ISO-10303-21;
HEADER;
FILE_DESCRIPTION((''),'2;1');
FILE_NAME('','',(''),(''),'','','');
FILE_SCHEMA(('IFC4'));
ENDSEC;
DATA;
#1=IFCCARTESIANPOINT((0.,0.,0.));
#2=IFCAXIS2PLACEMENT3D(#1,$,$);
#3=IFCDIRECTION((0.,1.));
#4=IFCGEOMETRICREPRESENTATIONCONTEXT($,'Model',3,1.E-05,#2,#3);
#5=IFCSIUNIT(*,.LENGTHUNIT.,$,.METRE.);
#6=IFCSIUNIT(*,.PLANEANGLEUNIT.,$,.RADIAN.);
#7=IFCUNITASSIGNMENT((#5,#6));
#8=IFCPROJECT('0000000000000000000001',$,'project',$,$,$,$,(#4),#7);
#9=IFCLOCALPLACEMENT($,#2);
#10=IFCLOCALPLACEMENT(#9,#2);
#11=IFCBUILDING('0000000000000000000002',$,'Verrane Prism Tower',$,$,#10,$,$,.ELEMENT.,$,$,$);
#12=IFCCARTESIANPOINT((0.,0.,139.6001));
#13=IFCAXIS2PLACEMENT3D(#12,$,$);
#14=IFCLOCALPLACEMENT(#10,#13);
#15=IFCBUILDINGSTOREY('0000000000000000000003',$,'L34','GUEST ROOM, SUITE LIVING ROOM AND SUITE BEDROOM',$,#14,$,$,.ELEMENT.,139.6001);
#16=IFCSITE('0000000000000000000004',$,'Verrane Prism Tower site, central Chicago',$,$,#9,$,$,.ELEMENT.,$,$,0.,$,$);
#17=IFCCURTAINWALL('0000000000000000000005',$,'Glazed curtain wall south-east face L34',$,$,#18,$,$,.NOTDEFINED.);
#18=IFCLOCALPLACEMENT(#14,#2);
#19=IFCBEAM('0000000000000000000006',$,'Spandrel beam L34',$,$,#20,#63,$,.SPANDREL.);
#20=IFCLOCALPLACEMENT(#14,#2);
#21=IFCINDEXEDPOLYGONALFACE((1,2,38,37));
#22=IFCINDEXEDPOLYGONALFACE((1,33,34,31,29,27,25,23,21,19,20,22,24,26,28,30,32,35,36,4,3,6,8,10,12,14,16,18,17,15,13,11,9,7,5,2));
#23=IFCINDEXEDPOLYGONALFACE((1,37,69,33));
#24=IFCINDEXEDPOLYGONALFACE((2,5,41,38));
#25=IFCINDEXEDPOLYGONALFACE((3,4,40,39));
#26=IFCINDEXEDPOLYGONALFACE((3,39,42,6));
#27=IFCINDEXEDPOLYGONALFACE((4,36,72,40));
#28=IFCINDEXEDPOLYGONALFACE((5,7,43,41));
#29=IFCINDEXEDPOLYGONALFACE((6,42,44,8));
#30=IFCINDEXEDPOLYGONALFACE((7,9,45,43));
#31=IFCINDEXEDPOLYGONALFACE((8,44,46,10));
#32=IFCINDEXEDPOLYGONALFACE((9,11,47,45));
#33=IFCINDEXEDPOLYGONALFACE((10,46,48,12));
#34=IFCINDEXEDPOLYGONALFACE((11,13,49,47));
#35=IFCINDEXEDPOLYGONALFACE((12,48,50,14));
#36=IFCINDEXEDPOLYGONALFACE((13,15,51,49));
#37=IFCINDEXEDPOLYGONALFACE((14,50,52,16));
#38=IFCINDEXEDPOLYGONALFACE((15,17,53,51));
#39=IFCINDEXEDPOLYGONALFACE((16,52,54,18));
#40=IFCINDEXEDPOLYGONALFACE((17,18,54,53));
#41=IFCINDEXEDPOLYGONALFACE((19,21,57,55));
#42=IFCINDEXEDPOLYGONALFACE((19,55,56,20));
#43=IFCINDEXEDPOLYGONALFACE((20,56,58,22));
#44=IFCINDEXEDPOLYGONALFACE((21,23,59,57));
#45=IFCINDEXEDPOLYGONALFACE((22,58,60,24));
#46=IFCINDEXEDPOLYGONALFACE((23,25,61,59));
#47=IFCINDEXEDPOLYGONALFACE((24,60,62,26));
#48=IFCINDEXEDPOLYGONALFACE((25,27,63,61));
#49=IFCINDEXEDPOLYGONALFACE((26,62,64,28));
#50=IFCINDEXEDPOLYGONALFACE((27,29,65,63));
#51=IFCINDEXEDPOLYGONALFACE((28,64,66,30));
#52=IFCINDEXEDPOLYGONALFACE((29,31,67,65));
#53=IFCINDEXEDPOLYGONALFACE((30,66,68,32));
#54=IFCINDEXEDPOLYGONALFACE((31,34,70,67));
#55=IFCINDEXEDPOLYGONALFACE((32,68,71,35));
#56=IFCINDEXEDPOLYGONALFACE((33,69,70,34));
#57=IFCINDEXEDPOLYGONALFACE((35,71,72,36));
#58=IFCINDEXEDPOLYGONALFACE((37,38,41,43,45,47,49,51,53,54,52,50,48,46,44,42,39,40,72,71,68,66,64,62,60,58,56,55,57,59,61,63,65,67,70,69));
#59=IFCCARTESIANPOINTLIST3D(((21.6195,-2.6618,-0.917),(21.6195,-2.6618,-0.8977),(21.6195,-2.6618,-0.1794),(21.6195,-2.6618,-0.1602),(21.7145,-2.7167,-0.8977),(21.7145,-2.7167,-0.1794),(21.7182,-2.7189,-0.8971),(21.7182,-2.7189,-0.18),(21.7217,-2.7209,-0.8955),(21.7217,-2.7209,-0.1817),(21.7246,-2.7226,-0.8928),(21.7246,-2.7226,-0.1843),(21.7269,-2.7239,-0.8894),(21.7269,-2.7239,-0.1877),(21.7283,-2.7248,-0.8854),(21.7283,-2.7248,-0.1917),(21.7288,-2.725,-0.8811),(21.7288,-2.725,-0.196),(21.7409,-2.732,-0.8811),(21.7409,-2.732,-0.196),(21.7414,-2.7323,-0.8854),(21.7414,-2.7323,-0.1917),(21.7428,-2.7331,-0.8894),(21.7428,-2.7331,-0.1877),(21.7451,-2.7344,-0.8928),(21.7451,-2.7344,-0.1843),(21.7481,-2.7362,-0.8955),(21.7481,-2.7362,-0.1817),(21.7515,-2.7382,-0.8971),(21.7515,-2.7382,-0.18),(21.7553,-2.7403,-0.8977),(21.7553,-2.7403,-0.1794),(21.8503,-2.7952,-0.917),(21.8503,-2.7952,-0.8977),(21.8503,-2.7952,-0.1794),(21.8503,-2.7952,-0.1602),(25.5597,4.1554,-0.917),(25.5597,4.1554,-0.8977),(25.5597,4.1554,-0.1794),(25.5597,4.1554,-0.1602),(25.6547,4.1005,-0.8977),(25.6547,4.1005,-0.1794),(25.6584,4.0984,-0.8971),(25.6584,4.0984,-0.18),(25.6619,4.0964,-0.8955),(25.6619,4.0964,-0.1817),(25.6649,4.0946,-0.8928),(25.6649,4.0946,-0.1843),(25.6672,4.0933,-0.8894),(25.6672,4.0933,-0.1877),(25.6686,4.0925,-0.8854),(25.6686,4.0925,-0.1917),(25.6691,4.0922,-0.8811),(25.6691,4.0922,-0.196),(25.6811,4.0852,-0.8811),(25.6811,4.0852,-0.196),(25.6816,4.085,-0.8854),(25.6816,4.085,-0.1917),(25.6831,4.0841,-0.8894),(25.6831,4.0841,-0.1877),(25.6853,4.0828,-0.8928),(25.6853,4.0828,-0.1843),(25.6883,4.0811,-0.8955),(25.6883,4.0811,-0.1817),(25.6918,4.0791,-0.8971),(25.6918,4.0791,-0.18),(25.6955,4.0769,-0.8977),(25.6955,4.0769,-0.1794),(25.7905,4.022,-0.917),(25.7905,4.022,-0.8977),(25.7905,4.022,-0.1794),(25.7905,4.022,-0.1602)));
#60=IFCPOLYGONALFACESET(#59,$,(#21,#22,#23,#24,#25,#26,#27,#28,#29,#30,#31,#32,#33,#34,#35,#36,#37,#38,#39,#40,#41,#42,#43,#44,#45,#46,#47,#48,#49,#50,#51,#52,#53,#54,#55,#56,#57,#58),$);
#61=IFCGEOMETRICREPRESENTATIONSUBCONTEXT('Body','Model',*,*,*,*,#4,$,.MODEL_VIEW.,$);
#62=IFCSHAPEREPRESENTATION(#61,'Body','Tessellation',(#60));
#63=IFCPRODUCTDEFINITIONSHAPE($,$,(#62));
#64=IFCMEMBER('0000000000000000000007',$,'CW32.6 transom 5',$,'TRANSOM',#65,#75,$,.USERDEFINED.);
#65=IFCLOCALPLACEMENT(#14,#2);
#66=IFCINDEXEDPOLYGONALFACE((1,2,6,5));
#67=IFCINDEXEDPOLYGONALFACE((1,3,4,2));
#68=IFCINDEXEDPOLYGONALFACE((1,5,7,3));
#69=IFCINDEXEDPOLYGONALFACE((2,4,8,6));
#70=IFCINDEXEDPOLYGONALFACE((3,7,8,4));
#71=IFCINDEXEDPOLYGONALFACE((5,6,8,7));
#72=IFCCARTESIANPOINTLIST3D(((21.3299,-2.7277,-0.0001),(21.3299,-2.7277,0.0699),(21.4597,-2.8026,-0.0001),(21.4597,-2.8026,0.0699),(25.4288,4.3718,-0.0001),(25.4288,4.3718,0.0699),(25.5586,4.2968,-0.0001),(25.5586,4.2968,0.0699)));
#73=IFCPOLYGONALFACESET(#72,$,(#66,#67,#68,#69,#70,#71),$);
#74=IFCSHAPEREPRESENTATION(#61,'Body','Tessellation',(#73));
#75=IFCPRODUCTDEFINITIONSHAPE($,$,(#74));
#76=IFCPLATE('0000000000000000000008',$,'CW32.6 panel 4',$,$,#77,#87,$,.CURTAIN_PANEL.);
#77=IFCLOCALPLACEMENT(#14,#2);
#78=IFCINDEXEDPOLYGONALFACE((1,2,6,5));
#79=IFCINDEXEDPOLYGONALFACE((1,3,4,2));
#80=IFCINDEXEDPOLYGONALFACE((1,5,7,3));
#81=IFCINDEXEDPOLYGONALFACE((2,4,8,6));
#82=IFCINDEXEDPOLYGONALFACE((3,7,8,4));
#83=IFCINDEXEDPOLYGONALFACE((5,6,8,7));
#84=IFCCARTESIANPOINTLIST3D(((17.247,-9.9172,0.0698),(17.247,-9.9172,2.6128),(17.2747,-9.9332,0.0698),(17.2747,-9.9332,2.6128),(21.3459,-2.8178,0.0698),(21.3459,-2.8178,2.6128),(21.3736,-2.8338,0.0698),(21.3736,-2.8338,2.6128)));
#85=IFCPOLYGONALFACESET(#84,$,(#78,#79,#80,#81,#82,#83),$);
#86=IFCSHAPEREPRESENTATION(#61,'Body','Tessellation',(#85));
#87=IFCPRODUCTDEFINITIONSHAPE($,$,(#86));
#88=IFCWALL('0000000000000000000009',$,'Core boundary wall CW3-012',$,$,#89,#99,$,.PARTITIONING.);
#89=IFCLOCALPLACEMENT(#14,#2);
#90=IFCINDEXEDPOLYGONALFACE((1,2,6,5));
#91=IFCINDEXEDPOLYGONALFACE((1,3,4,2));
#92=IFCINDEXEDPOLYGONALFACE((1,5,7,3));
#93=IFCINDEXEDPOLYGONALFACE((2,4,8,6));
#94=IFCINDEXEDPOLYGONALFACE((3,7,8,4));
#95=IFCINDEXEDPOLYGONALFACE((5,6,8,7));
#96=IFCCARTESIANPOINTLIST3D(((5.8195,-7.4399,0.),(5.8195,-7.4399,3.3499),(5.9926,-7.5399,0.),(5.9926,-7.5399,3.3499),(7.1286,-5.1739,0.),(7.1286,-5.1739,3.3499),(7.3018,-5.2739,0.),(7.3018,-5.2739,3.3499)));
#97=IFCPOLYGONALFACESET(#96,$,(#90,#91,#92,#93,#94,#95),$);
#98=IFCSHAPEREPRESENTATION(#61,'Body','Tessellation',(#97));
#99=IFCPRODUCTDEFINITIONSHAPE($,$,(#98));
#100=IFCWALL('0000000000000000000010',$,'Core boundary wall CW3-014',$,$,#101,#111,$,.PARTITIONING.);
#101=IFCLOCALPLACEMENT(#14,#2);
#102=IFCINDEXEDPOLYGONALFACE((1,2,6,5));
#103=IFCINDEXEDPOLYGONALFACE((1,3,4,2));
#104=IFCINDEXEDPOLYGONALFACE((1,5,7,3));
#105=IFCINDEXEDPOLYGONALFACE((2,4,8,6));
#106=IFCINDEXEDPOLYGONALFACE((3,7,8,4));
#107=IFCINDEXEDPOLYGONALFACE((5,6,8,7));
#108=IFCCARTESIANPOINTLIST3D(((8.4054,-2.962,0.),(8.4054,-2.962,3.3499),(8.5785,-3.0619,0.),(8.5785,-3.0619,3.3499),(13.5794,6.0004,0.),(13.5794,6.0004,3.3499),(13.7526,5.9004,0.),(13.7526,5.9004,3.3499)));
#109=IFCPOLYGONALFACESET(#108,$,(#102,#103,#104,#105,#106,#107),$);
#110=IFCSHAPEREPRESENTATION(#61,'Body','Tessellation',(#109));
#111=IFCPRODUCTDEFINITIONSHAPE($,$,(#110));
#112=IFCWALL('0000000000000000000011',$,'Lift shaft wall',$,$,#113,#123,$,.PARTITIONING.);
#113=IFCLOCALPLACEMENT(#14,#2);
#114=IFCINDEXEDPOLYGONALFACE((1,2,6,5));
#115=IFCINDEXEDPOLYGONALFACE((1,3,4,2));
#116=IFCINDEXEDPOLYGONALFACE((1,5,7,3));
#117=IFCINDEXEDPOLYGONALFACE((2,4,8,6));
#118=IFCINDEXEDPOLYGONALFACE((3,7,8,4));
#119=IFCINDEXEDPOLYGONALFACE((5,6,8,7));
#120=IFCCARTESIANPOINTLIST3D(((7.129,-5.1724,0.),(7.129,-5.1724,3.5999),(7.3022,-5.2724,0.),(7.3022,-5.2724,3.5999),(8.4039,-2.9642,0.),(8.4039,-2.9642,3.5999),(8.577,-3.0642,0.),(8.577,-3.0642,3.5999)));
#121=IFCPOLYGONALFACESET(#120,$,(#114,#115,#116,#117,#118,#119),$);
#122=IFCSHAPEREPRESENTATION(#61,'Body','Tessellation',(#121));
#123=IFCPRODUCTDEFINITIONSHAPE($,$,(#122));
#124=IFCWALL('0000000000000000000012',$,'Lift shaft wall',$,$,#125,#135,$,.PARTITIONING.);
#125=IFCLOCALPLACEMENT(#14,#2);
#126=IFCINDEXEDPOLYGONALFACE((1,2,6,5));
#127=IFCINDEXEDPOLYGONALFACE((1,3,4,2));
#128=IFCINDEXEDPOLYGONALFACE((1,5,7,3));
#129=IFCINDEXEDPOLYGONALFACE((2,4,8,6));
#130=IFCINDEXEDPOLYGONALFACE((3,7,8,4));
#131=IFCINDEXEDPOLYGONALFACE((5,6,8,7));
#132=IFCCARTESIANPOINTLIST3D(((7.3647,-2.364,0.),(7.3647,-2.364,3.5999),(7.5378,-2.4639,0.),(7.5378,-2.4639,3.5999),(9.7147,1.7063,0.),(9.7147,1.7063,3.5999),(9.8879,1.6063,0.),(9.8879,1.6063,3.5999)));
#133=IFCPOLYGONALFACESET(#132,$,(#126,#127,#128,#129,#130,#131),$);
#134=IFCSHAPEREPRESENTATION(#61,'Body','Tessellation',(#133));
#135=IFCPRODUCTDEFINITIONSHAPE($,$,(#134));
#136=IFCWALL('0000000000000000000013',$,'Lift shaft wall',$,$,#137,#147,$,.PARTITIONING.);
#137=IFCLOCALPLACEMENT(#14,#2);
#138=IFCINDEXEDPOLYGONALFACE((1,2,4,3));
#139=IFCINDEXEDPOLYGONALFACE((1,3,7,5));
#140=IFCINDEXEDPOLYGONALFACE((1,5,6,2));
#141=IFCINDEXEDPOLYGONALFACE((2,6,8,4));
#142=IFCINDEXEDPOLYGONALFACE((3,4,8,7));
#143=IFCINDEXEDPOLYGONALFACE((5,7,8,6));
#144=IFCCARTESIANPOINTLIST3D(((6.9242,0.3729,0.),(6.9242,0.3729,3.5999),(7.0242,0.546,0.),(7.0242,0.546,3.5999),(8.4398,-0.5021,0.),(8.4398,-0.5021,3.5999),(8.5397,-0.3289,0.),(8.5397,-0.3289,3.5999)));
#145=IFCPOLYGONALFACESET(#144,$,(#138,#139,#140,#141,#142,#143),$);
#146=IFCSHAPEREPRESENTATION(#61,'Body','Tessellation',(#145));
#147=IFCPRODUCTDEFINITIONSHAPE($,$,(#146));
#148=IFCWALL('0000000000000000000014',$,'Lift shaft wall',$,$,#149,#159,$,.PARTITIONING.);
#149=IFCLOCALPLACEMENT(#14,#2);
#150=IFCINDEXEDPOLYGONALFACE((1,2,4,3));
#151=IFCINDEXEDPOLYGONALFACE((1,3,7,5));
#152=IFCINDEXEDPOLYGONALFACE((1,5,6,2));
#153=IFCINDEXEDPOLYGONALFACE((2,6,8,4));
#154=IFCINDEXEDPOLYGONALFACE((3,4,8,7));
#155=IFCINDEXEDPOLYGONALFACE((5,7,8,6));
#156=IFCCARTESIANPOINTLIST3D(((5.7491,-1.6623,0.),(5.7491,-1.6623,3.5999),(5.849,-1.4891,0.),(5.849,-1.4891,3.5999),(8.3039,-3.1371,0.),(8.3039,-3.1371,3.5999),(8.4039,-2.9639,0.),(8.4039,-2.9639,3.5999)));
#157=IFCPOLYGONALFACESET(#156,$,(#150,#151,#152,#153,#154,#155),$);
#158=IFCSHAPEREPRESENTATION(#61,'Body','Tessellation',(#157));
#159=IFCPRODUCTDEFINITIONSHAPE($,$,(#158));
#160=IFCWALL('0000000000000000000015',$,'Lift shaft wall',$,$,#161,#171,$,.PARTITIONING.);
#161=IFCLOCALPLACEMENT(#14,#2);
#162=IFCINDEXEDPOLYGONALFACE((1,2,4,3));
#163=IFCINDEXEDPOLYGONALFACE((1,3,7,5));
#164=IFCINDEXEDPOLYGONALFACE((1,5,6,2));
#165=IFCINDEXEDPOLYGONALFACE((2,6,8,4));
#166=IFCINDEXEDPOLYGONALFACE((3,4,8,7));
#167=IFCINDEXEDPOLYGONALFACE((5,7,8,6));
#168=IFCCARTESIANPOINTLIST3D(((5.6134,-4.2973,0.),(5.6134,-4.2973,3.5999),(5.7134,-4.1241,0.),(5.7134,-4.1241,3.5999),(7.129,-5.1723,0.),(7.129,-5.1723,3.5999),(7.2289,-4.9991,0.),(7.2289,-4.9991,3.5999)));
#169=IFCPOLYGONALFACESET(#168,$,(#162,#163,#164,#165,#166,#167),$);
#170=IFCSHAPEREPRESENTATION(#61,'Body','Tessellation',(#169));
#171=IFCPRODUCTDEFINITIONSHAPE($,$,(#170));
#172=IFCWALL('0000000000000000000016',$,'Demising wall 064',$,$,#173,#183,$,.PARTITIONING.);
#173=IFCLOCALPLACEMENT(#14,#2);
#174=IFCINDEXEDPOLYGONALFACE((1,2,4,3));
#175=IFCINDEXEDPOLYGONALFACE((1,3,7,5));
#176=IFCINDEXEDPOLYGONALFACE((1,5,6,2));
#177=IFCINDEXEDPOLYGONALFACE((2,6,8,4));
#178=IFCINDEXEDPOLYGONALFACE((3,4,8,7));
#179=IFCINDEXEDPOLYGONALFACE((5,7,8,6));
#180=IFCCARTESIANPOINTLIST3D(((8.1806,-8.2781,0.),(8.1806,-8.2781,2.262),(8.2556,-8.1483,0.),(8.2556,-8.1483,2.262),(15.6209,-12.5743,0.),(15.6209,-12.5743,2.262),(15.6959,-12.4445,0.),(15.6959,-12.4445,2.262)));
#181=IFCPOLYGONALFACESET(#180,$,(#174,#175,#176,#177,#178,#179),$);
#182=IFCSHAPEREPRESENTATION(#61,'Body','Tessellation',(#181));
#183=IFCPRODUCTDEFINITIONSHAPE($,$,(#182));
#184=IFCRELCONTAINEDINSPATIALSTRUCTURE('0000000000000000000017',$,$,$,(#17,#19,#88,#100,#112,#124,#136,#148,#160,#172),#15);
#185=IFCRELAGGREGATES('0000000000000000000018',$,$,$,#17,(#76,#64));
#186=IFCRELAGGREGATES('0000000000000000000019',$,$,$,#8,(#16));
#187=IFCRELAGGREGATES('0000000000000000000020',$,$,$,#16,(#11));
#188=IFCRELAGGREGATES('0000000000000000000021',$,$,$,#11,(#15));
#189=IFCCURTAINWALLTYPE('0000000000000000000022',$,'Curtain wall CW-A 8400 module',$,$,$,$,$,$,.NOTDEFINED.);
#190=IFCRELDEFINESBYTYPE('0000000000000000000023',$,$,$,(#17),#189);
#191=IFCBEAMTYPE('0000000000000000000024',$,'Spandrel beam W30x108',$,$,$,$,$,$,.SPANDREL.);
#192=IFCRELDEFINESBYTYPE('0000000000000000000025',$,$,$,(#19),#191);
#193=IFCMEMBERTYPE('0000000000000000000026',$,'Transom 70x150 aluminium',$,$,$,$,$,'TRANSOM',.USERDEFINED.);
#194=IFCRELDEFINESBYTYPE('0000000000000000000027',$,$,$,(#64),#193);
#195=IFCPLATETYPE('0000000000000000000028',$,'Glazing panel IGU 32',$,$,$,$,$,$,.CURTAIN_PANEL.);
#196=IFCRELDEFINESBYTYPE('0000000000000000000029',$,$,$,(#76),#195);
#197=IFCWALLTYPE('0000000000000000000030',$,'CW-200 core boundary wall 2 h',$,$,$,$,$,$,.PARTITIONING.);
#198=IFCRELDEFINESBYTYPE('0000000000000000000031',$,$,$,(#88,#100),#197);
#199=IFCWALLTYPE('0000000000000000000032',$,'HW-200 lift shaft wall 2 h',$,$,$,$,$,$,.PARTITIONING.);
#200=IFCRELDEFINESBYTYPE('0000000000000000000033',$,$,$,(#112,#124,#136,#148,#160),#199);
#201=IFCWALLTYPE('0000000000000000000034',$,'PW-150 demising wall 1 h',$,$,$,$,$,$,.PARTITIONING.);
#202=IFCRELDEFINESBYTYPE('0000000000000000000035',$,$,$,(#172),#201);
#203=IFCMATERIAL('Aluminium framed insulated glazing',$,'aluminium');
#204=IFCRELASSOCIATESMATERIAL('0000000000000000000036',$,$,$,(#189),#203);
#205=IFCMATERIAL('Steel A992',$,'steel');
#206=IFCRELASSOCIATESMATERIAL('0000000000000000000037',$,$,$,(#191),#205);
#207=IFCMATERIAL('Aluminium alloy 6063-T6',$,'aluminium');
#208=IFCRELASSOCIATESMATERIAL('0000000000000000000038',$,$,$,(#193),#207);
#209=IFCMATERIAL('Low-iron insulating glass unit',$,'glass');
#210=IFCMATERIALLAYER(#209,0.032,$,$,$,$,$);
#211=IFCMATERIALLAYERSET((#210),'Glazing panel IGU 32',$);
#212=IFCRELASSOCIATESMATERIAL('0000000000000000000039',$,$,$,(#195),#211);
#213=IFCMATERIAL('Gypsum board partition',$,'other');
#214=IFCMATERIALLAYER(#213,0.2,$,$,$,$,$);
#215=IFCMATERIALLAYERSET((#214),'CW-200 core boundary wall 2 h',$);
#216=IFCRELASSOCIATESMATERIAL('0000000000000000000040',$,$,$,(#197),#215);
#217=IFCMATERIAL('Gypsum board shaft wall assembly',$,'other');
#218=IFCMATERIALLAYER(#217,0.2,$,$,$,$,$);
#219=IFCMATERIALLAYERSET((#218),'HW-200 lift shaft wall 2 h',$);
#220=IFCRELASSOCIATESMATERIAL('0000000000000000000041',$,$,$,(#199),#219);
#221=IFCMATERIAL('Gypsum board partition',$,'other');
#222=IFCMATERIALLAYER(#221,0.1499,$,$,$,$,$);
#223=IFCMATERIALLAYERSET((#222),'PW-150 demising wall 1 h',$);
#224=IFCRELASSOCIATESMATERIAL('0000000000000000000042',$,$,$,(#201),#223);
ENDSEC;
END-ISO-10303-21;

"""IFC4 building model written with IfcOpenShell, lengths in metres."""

from ifc_helpers import new_model, si_unit, direction, frame, frame_2d, origin, origin_2d, place, context, subcontext, project, spatial, rectangle, i_section, extrude, material, layer, layer_set, material_profile, profile_set, type_object, element, aggregate, save


model = new_model("IFC4")

# Units and contexts
model_context = context("Model", 3, precision=1e-05, world=origin(), true_north=direction((0.0, 1.0)))
body_context = subcontext(model_context, "Body", "Model", "MODEL_VIEW")
ifc_project = project(units=[si_unit("LENGTHUNIT", "METRE"), si_unit("PLANEANGLEUNIT", "RADIAN")], contexts=[model_context])

# Site, building, storey
site_placement = place(None, origin())
site = spatial("IfcSite", under=ifc_project, at=site_placement, Name="Verrane Prism Tower site, central Chicago", CompositionType="ELEMENT", RefElevation=0.0)
building_placement = place(site_placement, origin())
building = spatial("IfcBuilding", under=site, at=building_placement, Name="Verrane Prism Tower", CompositionType="ELEMENT")
storey_placement = place(building_placement, frame((0.0, 0.0, 139.6001)))
storey = spatial("IfcBuildingStorey", under=building, at=storey_placement, Name="L34", Description="GUEST ROOM, SUITE LIVING ROOM AND SUITE BEDROOM", CompositionType="ELEMENT", Elevation=139.6001)

# Curtain wall
ifc_material_1 = material(Name="Aluminium framed insulated glazing", Category="aluminium")
curtain_wall_type = type_object("IfcCurtainWallType", Name="Curtain wall CW-A 8400 module", PredefinedType="NOTDEFINED", material=ifc_material_1)
curtain_wall_placement = place(storey_placement, origin())
curtain_wall = element("IfcCurtainWall", 1, at=curtain_wall_placement, inside=storey, type_object=curtain_wall_type, Name="Glazed curtain wall south-east face L34", PredefinedType="NOTDEFINED")

# Beam
ifc_material_2 = material(Name="Steel A992", Category="steel")
ifc_material_profile_1 = material_profile(ifc_material_2, i_section(OverallWidth=0.2666, OverallDepth=0.7568, WebThickness=0.0139, FlangeThickness=0.0193, FilletRadius=0.0166, at=origin_2d()), Name="W30x108")
ifc_profile_set_1 = profile_set([ifc_material_profile_1], Name="Steel A992")
beam_type_1 = type_object("IfcBeamType", Name="Spandrel beam W30x108", PredefinedType="SPANDREL", material=ifc_profile_set_1)
beam_1_placement = place(storey_placement, frame((21.7349, -2.7285, -0.5386), z_axis=(0.50041, 0.865788, 0.0), x_axis=(-0.865788, 0.50041, 0.0)))
element("IfcBeam", 2, at=beam_1_placement, inside=storey, type_object=beam_type_1, Name="Spandrel beam L34", PredefinedType="SPANDREL", context=body_context, shape_type="SweptSolid", body=[
    extrude(i_section(OverallWidth=0.2666, OverallDepth=0.7568, WebThickness=0.0139, FlangeThickness=0.0193, FilletRadius=0.0166, at=origin_2d()), origin(), (0.0, 0.0, 1.0), 7.874),
])

# Member
ifc_material_3 = material(Name="Aluminium alloy 6063-T6", Category="aluminium")
ifc_material_profile_2 = material_profile(ifc_material_3, rectangle(XDim=0.1499, YDim=0.0701, at=origin_2d()), Name="Transom 70x150 aluminium")
ifc_profile_set_2 = profile_set([ifc_material_profile_2], Name="Aluminium alloy 6063-T6")
member_type_1 = type_object("IfcMemberType", Name="Transom 70x150 aluminium", ElementType="TRANSOM", PredefinedType="USERDEFINED", material=ifc_profile_set_2)
member_1_placement = place(storey_placement, frame((21.3948, -2.7651, 0.0349), z_axis=(0.500005, 0.866022, 0.0), x_axis=(-0.866022, 0.500005, 0.0)))
member_1 = element("IfcMember", 3, at=member_1_placement, type_object=member_type_1, Name="CW32.6 transom 5", ObjectType="TRANSOM", PredefinedType="USERDEFINED", context=body_context, shape_type="SweptSolid", body=[
    extrude(rectangle(XDim=0.1499, YDim=0.0701, at=origin_2d()), origin(), (0.0, 0.0, 1.0), 8.1978),
])

# Plate
ifc_material_4 = material(Name="Low-iron insulating glass unit", Category="glass")
ifc_layer_1 = layer(ifc_material_4, 0.032)
ifc_layer_set_1 = layer_set([ifc_layer_1], Name="Glazing panel IGU 32")
plate_type = type_object("IfcPlateType", Name="Glazing panel IGU 32", PredefinedType="CURTAIN_PANEL", material=ifc_layer_set_1)
plate_placement = place(storey_placement, frame((19.3103, -6.3755, 0.0698), z_axis=(0.0, 0.0, 1.0), x_axis=(0.5, 0.866025, 0.0)))
plate = element("IfcPlate", 4, at=plate_placement, type_object=plate_type, Name="CW32.6 panel 4", PredefinedType="CURTAIN_PANEL", context=body_context, shape_type="SweptSolid", body=[
    extrude(rectangle(XDim=8.1978, YDim=0.032, at=origin_2d()), origin(), (0.0, 0.0, 1.0), 2.543),
])
aggregate(curtain_wall, [plate, member_1])

# Walls
ifc_material_5 = material(Name="Gypsum board partition", Category="other")
ifc_layer_2 = layer(ifc_material_5, 0.2)
ifc_layer_set_2 = layer_set([ifc_layer_2], Name="CW-200 core boundary wall 2 h")
wall_type_1 = type_object("IfcWallType", Name="CW-200 core boundary wall 2 h", PredefinedType="PARTITIONING", material=ifc_layer_set_2)
wall_1_placement = place(storey_placement, frame((5.906, -7.49, 0.0), z_axis=(0.0, 0.0, 1.0), x_axis=(0.500253, 0.865879, 0.0)))
element("IfcWall", 5, at=wall_1_placement, inside=storey, type_object=wall_type_1, Name="Core boundary wall CW3-012", PredefinedType="PARTITIONING", context=body_context, shape_type="SweptSolid", body=[
    extrude(rectangle(XDim=2.6169, YDim=0.2, at=frame_2d((1.3086, 0.0))), origin(), (0.0, 0.0, 1.0), 3.3499),
])
wall_2_placement = place(storey_placement, frame((8.4919, -3.012, 0.0), z_axis=(0.0, 0.0, 1.0), x_axis=(0.499973, 0.866041, 0.0)))
element("IfcWall", 6, at=wall_2_placement, inside=storey, type_object=wall_type_1, Name="Core boundary wall CW3-014", PredefinedType="PARTITIONING", context=body_context, shape_type="SweptSolid", body=[
    extrude(rectangle(XDim=10.3486, YDim=0.2, at=frame_2d((5.1743, 0.0))), origin(), (0.0, 0.0, 1.0), 3.3499),
])
ifc_material_6 = material(Name="Gypsum board shaft wall assembly", Category="other")
ifc_layer_3 = layer(ifc_material_6, 0.2)
ifc_layer_set_3 = layer_set([ifc_layer_3], Name="HW-200 lift shaft wall 2 h")
wall_type_2 = type_object("IfcWallType", Name="HW-200 lift shaft wall 2 h", PredefinedType="PARTITIONING", material=ifc_layer_set_3)
wall_3_placement = place(storey_placement, frame((7.2156, -5.2224, 0.0), z_axis=(0.0, 0.0, 1.0), x_axis=(0.49999, 0.866031, 0.0)))
element("IfcWall", 7, at=wall_3_placement, inside=storey, type_object=wall_type_2, Name="Lift shaft wall", PredefinedType="PARTITIONING", context=body_context, shape_type="SweptSolid", body=[
    extrude(rectangle(XDim=2.5498, YDim=0.2, at=frame_2d((1.2749, 0.0))), origin(), (0.0, 0.0, 1.0), 3.5999),
])
wall_4_placement = place(storey_placement, frame((7.4512, -2.4141, 0.0), z_axis=(0.0, 0.0, 1.0), x_axis=(0.500016, 0.866016, 0.0)))
element("IfcWall", 8, at=wall_4_placement, inside=storey, type_object=wall_type_2, Name="Lift shaft wall", PredefinedType="PARTITIONING", context=body_context, shape_type="SweptSolid", body=[
    extrude(rectangle(XDim=4.7, YDim=0.2, at=frame_2d((2.3501, 0.0))), origin(), (0.0, 0.0, 1.0), 3.5999),
])
wall_5_placement = place(storey_placement, frame((8.4897, -0.4155, 0.0), z_axis=(0.0, 0.0, 1.0), x_axis=(-0.866037, 0.49998, 0.0)))
element("IfcWall", 9, at=wall_5_placement, inside=storey, type_object=wall_type_2, Name="Lift shaft wall", PredefinedType="PARTITIONING", context=body_context, shape_type="SweptSolid", body=[
    extrude(rectangle(XDim=1.75, YDim=0.2, at=frame_2d((0.875, 0.0))), origin(), (0.0, 0.0, 1.0), 3.5999),
])
wall_6_placement = place(storey_placement, frame((8.354, -3.0505, 0.0), z_axis=(0.0, 0.0, 1.0), x_axis=(-0.86606, 0.49994, 0.0)))
element("IfcWall", 10, at=wall_6_placement, inside=storey, type_object=wall_type_2, Name="Lift shaft wall", PredefinedType="PARTITIONING", context=body_context, shape_type="SweptSolid", body=[
    extrude(rectangle(XDim=2.95, YDim=0.2, at=frame_2d((1.4751, 0.0))), origin(), (0.0, 0.0, 1.0), 3.5999),
])
wall_7_placement = place(storey_placement, frame((7.179, -5.0857, 0.0), z_axis=(0.0, 0.0, 1.0), x_axis=(-0.866037, 0.49998, 0.0)))
element("IfcWall", 11, at=wall_7_placement, inside=storey, type_object=wall_type_2, Name="Lift shaft wall", PredefinedType="PARTITIONING", context=body_context, shape_type="SweptSolid", body=[
    extrude(rectangle(XDim=1.75, YDim=0.2, at=frame_2d((0.875, 0.0))), origin(), (0.0, 0.0, 1.0), 3.5999),
])
ifc_material_7 = material(Name="Gypsum board partition", Category="other")
ifc_layer_4 = layer(ifc_material_7, 0.1499)
ifc_layer_set_4 = layer_set([ifc_layer_4], Name="PW-150 demising wall 1 h")
wall_type_3 = type_object("IfcWallType", Name="PW-150 demising wall 1 h", PredefinedType="PARTITIONING", material=ifc_layer_set_4)
wall_8_placement = place(storey_placement, frame((8.218, -8.2131, 0.0), z_axis=(0.0, 0.0, 1.0), x_axis=(0.865998, -0.500048, 0.0)))
element("IfcWall", 12, at=wall_8_placement, inside=storey, type_object=wall_type_3, Name="Demising wall 064", PredefinedType="PARTITIONING", context=body_context, shape_type="SweptSolid", body=[
    extrude(rectangle(XDim=8.5916, YDim=0.1499, at=frame_2d((4.2959, 0.0))), origin(), (0.0, 0.0, 1.0), 2.262),
])

save(model, "model.ifc")
